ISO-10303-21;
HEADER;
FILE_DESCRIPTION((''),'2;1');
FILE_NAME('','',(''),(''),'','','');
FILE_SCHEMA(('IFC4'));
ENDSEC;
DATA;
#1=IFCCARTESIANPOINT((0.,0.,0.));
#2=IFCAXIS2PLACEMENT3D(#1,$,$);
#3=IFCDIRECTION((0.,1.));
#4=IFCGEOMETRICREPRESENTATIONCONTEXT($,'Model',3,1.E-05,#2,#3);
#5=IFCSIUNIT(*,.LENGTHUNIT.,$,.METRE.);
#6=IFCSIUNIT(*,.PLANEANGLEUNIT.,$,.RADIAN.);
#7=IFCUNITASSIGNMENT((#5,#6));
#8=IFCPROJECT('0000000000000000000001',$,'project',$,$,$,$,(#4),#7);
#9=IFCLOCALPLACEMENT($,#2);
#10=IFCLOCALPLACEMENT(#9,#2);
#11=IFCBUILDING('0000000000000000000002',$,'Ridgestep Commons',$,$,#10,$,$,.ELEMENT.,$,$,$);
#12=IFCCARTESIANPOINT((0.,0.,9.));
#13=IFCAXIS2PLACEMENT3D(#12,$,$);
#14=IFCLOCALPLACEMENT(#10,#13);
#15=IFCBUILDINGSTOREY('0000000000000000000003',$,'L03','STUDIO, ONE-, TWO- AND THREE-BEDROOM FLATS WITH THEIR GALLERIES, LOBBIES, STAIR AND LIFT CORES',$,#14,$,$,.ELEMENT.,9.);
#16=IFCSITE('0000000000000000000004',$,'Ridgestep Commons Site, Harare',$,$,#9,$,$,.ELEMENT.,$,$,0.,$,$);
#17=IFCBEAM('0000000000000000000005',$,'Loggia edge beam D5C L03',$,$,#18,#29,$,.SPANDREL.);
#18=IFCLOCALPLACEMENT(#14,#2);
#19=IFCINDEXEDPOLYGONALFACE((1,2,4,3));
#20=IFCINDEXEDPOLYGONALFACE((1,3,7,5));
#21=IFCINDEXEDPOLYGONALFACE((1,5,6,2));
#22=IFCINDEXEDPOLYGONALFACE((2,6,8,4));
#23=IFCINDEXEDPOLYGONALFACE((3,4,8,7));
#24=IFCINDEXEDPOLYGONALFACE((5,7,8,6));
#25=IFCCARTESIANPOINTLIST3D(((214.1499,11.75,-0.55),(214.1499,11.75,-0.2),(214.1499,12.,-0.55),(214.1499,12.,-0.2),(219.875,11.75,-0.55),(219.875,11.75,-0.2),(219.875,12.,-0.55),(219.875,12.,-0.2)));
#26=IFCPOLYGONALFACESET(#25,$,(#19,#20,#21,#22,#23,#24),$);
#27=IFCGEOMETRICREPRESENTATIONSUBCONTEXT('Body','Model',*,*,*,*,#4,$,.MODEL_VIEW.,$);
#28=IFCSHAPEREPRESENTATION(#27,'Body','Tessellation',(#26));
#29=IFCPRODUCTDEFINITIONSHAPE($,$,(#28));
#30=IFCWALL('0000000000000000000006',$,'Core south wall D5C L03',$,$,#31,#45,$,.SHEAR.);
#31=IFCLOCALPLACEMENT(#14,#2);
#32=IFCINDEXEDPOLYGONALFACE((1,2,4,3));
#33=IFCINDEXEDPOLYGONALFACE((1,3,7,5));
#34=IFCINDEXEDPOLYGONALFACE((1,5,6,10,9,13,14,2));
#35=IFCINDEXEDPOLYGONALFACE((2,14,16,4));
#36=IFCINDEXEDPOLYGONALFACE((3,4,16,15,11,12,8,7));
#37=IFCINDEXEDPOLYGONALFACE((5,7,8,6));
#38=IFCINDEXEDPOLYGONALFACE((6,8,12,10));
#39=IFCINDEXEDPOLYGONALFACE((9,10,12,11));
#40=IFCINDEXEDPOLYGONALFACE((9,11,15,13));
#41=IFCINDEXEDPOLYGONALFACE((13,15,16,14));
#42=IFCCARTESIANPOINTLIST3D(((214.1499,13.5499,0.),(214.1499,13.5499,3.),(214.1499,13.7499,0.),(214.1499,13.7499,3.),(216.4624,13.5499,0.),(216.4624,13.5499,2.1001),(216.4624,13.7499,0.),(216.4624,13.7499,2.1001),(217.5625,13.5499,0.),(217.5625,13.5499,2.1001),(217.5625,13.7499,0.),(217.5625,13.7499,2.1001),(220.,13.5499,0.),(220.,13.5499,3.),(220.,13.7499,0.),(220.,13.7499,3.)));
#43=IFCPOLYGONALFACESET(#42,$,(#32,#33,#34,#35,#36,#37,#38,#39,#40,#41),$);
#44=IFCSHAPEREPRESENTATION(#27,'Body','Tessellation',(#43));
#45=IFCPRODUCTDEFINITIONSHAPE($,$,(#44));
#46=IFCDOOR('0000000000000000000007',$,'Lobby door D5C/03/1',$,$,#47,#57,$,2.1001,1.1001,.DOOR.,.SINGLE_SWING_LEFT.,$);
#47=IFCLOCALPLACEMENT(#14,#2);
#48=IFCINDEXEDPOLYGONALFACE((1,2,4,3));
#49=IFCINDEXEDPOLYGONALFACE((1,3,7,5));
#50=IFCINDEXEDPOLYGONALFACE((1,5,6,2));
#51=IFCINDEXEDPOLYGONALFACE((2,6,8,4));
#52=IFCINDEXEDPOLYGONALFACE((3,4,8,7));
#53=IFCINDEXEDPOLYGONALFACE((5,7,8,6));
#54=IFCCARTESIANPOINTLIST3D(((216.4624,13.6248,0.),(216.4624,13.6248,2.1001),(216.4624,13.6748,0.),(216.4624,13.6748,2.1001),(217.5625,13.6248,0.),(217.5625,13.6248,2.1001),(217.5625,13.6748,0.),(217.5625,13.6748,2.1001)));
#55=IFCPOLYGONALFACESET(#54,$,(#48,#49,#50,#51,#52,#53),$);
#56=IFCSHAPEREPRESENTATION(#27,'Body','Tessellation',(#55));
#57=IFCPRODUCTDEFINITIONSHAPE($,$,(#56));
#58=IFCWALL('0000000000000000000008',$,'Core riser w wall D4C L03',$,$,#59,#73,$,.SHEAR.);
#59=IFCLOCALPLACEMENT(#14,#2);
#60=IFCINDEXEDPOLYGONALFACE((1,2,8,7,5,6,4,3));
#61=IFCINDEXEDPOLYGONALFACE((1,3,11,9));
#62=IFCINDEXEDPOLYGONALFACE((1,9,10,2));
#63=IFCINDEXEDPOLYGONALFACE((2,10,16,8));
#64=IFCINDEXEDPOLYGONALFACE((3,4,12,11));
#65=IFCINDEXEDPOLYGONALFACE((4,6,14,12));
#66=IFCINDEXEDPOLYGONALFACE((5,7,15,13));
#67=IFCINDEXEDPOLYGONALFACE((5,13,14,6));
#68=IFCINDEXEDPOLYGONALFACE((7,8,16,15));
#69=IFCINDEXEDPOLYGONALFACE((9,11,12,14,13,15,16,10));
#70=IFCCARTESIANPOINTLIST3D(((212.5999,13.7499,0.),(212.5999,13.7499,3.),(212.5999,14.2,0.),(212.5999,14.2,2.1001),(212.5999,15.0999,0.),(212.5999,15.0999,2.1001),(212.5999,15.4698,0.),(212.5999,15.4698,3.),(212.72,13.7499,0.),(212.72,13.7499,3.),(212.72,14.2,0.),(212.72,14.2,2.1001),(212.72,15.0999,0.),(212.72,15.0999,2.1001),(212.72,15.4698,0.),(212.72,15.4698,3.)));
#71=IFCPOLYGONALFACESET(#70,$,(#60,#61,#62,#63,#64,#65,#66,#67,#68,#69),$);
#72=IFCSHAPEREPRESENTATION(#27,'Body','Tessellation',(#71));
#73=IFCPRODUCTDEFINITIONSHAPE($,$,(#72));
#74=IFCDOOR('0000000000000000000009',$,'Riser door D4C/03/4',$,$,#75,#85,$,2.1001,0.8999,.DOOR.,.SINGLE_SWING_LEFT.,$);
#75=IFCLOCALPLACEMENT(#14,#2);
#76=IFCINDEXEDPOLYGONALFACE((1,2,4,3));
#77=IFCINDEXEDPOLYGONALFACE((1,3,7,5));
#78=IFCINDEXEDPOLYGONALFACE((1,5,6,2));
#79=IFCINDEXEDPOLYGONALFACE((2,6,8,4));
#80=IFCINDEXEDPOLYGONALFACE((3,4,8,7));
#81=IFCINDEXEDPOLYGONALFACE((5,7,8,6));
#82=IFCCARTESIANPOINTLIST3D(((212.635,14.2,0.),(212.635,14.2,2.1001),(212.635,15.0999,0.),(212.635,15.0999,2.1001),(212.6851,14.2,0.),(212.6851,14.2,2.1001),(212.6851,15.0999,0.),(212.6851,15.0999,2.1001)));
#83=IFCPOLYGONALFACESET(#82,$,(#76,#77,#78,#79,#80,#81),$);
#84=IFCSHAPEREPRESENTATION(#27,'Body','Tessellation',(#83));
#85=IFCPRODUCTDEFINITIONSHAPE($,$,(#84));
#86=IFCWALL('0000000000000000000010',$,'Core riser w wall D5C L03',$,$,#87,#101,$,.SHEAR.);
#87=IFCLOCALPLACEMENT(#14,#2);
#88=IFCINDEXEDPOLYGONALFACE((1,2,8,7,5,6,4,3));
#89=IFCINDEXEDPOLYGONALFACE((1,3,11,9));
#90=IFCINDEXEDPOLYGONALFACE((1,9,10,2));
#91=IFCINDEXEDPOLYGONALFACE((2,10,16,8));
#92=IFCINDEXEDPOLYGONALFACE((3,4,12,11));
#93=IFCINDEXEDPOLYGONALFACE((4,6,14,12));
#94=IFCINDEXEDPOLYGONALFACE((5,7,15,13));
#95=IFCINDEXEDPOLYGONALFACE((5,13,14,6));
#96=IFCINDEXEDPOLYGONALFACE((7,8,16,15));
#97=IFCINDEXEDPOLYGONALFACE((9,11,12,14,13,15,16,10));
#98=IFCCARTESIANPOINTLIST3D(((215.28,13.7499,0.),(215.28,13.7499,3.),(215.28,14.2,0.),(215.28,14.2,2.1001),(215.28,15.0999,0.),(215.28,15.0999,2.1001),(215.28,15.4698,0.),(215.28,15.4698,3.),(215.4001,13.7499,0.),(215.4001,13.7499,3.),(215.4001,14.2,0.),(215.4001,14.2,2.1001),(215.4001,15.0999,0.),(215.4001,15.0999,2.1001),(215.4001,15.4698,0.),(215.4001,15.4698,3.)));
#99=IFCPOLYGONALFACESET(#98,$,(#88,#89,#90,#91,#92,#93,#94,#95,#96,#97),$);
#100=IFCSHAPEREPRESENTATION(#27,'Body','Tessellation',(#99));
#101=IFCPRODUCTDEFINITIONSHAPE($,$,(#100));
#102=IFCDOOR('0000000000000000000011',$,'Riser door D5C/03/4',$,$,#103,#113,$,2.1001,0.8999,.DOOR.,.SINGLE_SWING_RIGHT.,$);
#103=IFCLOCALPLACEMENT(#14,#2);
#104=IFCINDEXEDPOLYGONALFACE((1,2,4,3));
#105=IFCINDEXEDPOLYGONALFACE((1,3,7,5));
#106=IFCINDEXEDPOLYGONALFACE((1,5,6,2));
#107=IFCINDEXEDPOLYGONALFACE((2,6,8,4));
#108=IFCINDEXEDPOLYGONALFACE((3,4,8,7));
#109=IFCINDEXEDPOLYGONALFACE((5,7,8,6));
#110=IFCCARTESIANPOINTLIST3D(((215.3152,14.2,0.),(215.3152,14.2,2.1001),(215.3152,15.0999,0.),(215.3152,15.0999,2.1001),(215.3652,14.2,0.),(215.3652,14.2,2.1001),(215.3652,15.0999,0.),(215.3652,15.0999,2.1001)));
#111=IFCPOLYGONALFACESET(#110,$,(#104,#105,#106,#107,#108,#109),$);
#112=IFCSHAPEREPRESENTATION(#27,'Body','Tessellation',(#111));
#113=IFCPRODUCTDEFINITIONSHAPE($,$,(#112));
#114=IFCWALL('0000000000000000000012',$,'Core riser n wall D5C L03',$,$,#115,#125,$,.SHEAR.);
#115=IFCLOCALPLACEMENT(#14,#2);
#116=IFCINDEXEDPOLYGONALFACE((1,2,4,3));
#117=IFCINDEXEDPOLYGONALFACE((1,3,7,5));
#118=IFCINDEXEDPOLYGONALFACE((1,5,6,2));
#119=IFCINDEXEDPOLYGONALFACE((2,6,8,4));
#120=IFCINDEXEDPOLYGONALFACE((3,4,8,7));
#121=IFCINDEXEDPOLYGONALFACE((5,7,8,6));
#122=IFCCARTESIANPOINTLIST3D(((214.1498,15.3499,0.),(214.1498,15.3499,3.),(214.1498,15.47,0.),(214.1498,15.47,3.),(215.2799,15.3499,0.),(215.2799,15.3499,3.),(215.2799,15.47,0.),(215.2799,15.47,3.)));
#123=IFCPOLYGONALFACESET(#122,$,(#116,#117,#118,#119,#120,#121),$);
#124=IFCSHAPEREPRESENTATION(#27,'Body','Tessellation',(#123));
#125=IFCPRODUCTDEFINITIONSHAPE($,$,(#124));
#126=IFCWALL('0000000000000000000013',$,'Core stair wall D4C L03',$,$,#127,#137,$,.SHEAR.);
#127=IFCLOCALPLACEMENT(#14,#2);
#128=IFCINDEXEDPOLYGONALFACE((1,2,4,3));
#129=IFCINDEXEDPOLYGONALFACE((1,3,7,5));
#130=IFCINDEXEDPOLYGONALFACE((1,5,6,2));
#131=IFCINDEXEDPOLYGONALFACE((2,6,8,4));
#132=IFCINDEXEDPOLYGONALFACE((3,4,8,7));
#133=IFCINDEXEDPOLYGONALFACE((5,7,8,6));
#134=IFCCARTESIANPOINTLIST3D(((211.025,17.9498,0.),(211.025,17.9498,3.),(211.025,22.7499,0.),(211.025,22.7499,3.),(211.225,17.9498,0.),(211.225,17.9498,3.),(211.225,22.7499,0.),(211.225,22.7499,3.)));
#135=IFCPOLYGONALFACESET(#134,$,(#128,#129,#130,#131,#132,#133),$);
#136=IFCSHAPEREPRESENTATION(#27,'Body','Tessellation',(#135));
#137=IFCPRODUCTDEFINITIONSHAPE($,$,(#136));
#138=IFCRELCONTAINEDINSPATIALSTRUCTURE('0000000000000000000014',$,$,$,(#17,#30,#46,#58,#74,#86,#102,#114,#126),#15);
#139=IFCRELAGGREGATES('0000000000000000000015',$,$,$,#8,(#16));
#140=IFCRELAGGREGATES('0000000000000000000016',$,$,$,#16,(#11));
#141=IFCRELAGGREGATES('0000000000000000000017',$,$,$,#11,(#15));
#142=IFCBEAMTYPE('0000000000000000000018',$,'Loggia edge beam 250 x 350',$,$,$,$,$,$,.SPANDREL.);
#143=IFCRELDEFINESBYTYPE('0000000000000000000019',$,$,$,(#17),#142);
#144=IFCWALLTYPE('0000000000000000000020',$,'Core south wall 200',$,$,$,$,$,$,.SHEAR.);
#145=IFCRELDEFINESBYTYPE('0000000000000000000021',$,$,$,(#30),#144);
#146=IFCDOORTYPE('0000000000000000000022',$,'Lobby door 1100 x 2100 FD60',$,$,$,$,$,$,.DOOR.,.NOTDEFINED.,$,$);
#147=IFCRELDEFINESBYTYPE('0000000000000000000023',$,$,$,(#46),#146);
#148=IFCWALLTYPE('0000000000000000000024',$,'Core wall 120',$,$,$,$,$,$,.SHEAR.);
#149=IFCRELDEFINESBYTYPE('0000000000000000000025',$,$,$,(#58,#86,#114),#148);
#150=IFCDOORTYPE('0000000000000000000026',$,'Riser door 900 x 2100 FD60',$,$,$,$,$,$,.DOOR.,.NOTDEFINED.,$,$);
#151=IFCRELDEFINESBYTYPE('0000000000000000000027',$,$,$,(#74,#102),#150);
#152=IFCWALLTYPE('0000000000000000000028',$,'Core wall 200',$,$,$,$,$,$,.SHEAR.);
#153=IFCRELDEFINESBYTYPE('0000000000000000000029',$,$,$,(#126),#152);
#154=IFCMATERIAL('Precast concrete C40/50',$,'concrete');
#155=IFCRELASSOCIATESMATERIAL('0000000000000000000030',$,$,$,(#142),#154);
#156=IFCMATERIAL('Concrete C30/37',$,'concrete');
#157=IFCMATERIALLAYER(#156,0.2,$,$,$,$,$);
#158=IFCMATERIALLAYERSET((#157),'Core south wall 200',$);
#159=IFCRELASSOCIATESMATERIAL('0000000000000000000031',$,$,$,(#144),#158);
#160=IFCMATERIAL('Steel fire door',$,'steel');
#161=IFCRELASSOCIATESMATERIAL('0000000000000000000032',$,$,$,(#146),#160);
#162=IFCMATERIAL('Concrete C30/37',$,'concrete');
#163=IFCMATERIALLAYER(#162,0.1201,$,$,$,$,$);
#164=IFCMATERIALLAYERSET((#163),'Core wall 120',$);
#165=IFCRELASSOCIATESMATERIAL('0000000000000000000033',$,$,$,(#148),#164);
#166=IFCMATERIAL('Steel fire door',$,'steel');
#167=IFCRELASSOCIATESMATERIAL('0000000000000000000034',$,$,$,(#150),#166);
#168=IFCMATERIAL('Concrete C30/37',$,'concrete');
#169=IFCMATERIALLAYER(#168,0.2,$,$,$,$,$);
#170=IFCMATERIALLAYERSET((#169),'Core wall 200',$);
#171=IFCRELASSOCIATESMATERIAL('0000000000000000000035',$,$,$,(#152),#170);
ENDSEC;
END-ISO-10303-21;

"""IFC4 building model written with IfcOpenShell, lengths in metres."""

from ifc_helpers import new_model, si_unit, direction, frame, frame_2d, origin, origin_2d, place, context, subcontext, project, spatial, rectangle, extrude, material, layer, layer_set, material_profile, profile_set, type_object, element, fill, save


model = new_model("IFC4")

# Units and contexts
model_context = context("Model", 3, precision=1e-05, world=origin(), true_north=direction((0.0, 1.0)))
body_context = subcontext(model_context, "Body", "Model", "MODEL_VIEW")
ifc_project = project(units=[si_unit("LENGTHUNIT", "METRE"), si_unit("PLANEANGLEUNIT", "RADIAN")], contexts=[model_context])

# Site, building, storey
site_placement = place(None, origin())
site = spatial("IfcSite", under=ifc_project, at=site_placement, Name="Ridgestep Commons Site, Harare", CompositionType="ELEMENT", RefElevation=0.0)
building_placement = place(site_placement, origin())
building = spatial("IfcBuilding", under=site, at=building_placement, Name="Ridgestep Commons", CompositionType="ELEMENT")
storey_placement = place(building_placement, frame((0.0, 0.0, 9.0)))
storey = spatial("IfcBuildingStorey", under=building, at=storey_placement, Name="L03", Description="STUDIO, ONE-, TWO- AND THREE-BEDROOM FLATS WITH THEIR GALLERIES, LOBBIES, STAIR AND LIFT CORES", CompositionType="ELEMENT", Elevation=9.0)

# Beam
ifc_material_1 = material(Name="Precast concrete C40/50", Category="concrete")
ifc_material_profile = material_profile(ifc_material_1, rectangle(XDim=0.25, YDim=0.3501, at=origin_2d()), Name="PC 250x350")
ifc_profile_set = profile_set([ifc_material_profile], Name="Precast concrete C40/50")
beam_type = type_object("IfcBeamType", Name="Loggia edge beam 250 x 350", PredefinedType="SPANDREL", material=ifc_profile_set)
beam_placement = place(storey_placement, frame((214.1499, 11.875, -0.375), z_axis=(1.0, 0.0, 0.0), x_axis=(0.0, 1.0, 0.0)))
element("IfcBeam", 1, at=beam_placement, inside=storey, type_object=beam_type, Name="Loggia edge beam D5C L03", PredefinedType="SPANDREL", context=body_context, shape_type="SweptSolid", body=[
    extrude(rectangle(XDim=0.25, YDim=0.3501, at=origin_2d()), origin(), (0.0, 0.0, 1.0), 5.7251),
])

# Walls, openings, doors
ifc_material_2 = material(Name="Concrete C30/37", Category="concrete")
ifc_layer_1 = layer(ifc_material_2, 0.2)
ifc_layer_set_1 = layer_set([ifc_layer_1], Name="Core south wall 200")
wall_type_1 = type_object("IfcWallType", Name="Core south wall 200", PredefinedType="SHEAR", material=ifc_layer_set_1)
wall_1_placement = place(storey_placement, frame((214.1499, 13.6499, 0.0), z_axis=(0.0, 0.0, 1.0), x_axis=(1.0, 0.0, 0.0)))
wall_1 = element("IfcWall", 2, at=wall_1_placement, inside=storey, type_object=wall_type_1, Name="Core south wall D5C L03", PredefinedType="SHEAR", context=body_context, shape_type="SweptSolid", body=[
    extrude(rectangle(XDim=5.8501, YDim=0.2, at=frame_2d((2.925, 0.0))), origin(), (0.0, 0.0, 1.0), 3.0),
])
opening_1_placement = place(wall_1_placement, frame((2.3125, 0.0, 0.0)))
opening_1 = element("IfcOpeningElement", 3, at=opening_1_placement, cuts=wall_1, PredefinedType="OPENING", context=body_context, shape_type="SweptSolid", body=[
    extrude(rectangle(XDim=1.1001, YDim=2.1001, at=frame_2d((0.55, 1.05))), frame((0.0, 0.1099, 0.0), z_axis=(0.0, -1.0, 0.0), x_axis=(1.0, 0.0, 0.0)), (0.0, 0.0, 1.0), 0.22),
])
ifc_material_3 = material(Name="Steel fire door", Category="steel")
door_type_1 = type_object("IfcDoorType", Name="Lobby door 1100 x 2100 FD60", OperationType="NOTDEFINED", PredefinedType="DOOR", material=ifc_material_3)
door_1_placement = place(opening_1_placement, origin())
door_1 = element("IfcDoor", 4, at=door_1_placement, inside=storey, type_object=door_type_1, Name="Lobby door D5C/03/1", OperationType="SINGLE_SWING_LEFT", OverallHeight=2.1001, OverallWidth=1.1001, PredefinedType="DOOR", context=body_context, shape_type="SweptSolid", body=[
    extrude(rectangle(XDim=1.1001, YDim=2.1001, at=frame_2d((0.55, 1.05))), frame((0.0, 0.0249, 0.0), z_axis=(0.0, -1.0, 0.0), x_axis=(1.0, 0.0, 0.0)), (0.0, 0.0, 1.0), 0.05),
])
fill(opening_1, door_1)
ifc_material_4 = material(Name="Concrete C30/37", Category="concrete")
ifc_layer_2 = layer(ifc_material_4, 0.1201)
ifc_layer_set_2 = layer_set([ifc_layer_2], Name="Core wall 120")
wall_type_2 = type_object("IfcWallType", Name="Core wall 120", PredefinedType="SHEAR", material=ifc_layer_set_2)
wall_2_placement = place(storey_placement, frame((212.6599, 13.75, 0.0), z_axis=(0.0, 0.0, 1.0), x_axis=(0.0, 1.0, 0.0)))
wall_2 = element("IfcWall", 5, at=wall_2_placement, inside=storey, type_object=wall_type_2, Name="Core riser w wall D4C L03", PredefinedType="SHEAR", context=body_context, shape_type="SweptSolid", body=[
    extrude(rectangle(XDim=1.72, YDim=0.1201, at=frame_2d((0.8599, 0.0))), origin(), (0.0, 0.0, 1.0), 3.0),
])
opening_2_placement = place(wall_2_placement, frame((0.45, 0.0, 0.0)))
opening_2 = element("IfcOpeningElement", 6, at=opening_2_placement, cuts=wall_2, PredefinedType="OPENING", context=body_context, shape_type="SweptSolid", body=[
    extrude(rectangle(XDim=0.8999, YDim=2.1001, at=frame_2d((0.45, 1.05))), frame((0.0, 0.0701, 0.0), z_axis=(0.0, -1.0, 0.0), x_axis=(1.0, 0.0, 0.0)), (0.0, 0.0, 1.0), 0.1401),
])
ifc_material_5 = material(Name="Steel fire door", Category="steel")
door_type_2 = type_object("IfcDoorType", Name="Riser door 900 x 2100 FD60", OperationType="NOTDEFINED", PredefinedType="DOOR", material=ifc_material_5)
door_2_placement = place(opening_2_placement, origin())
door_2 = element("IfcDoor", 7, at=door_2_placement, inside=storey, type_object=door_type_2, Name="Riser door D4C/03/4", OperationType="SINGLE_SWING_LEFT", OverallHeight=2.1001, OverallWidth=0.8999, PredefinedType="DOOR", context=body_context, shape_type="SweptSolid", body=[
    extrude(rectangle(XDim=0.8999, YDim=2.1001, at=frame_2d((0.45, 1.05))), frame((0.0, 0.0249, 0.0), z_axis=(0.0, -1.0, 0.0), x_axis=(1.0, 0.0, 0.0)), (0.0, 0.0, 1.0), 0.05),
])
fill(opening_2, door_2)

# Wall, opening, door
wall_3_placement = place(storey_placement, frame((215.3401, 13.75, 0.0), z_axis=(0.0, 0.0, 1.0), x_axis=(0.0, 1.0, 0.0)))
wall_3 = element("IfcWall", 8, at=wall_3_placement, inside=storey, type_object=wall_type_2, Name="Core riser w wall D5C L03", PredefinedType="SHEAR", context=body_context, shape_type="SweptSolid", body=[
    extrude(rectangle(XDim=1.72, YDim=0.1201, at=frame_2d((0.8599, 0.0))), origin(), (0.0, 0.0, 1.0), 3.0),
])
opening_3_placement = place(wall_3_placement, frame((0.45, 0.0, 0.0)))
opening_3 = element("IfcOpeningElement", 9, at=opening_3_placement, cuts=wall_3, PredefinedType="OPENING", context=body_context, shape_type="SweptSolid", body=[
    extrude(rectangle(XDim=0.8999, YDim=2.1001, at=frame_2d((0.45, 1.05))), frame((0.0, 0.0701, 0.0), z_axis=(0.0, -1.0, 0.0), x_axis=(1.0, 0.0, 0.0)), (0.0, 0.0, 1.0), 0.1401),
])
door_3_placement = place(opening_3_placement, origin())
door_3 = element("IfcDoor", 10, at=door_3_placement, inside=storey, type_object=door_type_2, Name="Riser door D5C/03/4", OperationType="SINGLE_SWING_RIGHT", OverallHeight=2.1001, OverallWidth=0.8999, PredefinedType="DOOR", context=body_context, shape_type="SweptSolid", body=[
    extrude(rectangle(XDim=0.8999, YDim=2.1001, at=frame_2d((0.45, 1.05))), frame((0.0, 0.0249, 0.0), z_axis=(0.0, -1.0, 0.0), x_axis=(1.0, 0.0, 0.0)), (0.0, 0.0, 1.0), 0.05),
])
fill(opening_3, door_3)

# Walls
wall_4_placement = place(storey_placement, frame((214.1499, 15.4099, 0.0), z_axis=(0.0, 0.0, 1.0), x_axis=(1.0, 0.0, 0.0)))
element("IfcWall", 11, at=wall_4_placement, inside=storey, type_object=wall_type_2, Name="Core riser n wall D5C L03", PredefinedType="SHEAR", context=body_context, shape_type="SweptSolid", body=[
    extrude(rectangle(XDim=1.1301, YDim=0.1201, at=frame_2d((0.5649, 0.0))), origin(), (0.0, 0.0, 1.0), 3.0),
])
ifc_material_6 = material(Name="Concrete C30/37", Category="concrete")
ifc_layer_3 = layer(ifc_material_6, 0.2)
ifc_layer_set_3 = layer_set([ifc_layer_3], Name="Core wall 200")
wall_type_3 = type_object("IfcWallType", Name="Core wall 200", PredefinedType="SHEAR", material=ifc_layer_set_3)
wall_5_placement = place(storey_placement, frame((211.125, 17.95, 0.0), z_axis=(0.0, 0.0, 1.0), x_axis=(0.0, 1.0, 0.0)))
element("IfcWall", 12, at=wall_5_placement, inside=storey, type_object=wall_type_3, Name="Core stair wall D4C L03", PredefinedType="SHEAR", context=body_context, shape_type="SweptSolid", body=[
    extrude(rectangle(XDim=4.8, YDim=0.2, at=frame_2d((2.3999, 0.0))), origin(), (0.0, 0.0, 1.0), 3.0),
])

save(model, "model.ifc")
